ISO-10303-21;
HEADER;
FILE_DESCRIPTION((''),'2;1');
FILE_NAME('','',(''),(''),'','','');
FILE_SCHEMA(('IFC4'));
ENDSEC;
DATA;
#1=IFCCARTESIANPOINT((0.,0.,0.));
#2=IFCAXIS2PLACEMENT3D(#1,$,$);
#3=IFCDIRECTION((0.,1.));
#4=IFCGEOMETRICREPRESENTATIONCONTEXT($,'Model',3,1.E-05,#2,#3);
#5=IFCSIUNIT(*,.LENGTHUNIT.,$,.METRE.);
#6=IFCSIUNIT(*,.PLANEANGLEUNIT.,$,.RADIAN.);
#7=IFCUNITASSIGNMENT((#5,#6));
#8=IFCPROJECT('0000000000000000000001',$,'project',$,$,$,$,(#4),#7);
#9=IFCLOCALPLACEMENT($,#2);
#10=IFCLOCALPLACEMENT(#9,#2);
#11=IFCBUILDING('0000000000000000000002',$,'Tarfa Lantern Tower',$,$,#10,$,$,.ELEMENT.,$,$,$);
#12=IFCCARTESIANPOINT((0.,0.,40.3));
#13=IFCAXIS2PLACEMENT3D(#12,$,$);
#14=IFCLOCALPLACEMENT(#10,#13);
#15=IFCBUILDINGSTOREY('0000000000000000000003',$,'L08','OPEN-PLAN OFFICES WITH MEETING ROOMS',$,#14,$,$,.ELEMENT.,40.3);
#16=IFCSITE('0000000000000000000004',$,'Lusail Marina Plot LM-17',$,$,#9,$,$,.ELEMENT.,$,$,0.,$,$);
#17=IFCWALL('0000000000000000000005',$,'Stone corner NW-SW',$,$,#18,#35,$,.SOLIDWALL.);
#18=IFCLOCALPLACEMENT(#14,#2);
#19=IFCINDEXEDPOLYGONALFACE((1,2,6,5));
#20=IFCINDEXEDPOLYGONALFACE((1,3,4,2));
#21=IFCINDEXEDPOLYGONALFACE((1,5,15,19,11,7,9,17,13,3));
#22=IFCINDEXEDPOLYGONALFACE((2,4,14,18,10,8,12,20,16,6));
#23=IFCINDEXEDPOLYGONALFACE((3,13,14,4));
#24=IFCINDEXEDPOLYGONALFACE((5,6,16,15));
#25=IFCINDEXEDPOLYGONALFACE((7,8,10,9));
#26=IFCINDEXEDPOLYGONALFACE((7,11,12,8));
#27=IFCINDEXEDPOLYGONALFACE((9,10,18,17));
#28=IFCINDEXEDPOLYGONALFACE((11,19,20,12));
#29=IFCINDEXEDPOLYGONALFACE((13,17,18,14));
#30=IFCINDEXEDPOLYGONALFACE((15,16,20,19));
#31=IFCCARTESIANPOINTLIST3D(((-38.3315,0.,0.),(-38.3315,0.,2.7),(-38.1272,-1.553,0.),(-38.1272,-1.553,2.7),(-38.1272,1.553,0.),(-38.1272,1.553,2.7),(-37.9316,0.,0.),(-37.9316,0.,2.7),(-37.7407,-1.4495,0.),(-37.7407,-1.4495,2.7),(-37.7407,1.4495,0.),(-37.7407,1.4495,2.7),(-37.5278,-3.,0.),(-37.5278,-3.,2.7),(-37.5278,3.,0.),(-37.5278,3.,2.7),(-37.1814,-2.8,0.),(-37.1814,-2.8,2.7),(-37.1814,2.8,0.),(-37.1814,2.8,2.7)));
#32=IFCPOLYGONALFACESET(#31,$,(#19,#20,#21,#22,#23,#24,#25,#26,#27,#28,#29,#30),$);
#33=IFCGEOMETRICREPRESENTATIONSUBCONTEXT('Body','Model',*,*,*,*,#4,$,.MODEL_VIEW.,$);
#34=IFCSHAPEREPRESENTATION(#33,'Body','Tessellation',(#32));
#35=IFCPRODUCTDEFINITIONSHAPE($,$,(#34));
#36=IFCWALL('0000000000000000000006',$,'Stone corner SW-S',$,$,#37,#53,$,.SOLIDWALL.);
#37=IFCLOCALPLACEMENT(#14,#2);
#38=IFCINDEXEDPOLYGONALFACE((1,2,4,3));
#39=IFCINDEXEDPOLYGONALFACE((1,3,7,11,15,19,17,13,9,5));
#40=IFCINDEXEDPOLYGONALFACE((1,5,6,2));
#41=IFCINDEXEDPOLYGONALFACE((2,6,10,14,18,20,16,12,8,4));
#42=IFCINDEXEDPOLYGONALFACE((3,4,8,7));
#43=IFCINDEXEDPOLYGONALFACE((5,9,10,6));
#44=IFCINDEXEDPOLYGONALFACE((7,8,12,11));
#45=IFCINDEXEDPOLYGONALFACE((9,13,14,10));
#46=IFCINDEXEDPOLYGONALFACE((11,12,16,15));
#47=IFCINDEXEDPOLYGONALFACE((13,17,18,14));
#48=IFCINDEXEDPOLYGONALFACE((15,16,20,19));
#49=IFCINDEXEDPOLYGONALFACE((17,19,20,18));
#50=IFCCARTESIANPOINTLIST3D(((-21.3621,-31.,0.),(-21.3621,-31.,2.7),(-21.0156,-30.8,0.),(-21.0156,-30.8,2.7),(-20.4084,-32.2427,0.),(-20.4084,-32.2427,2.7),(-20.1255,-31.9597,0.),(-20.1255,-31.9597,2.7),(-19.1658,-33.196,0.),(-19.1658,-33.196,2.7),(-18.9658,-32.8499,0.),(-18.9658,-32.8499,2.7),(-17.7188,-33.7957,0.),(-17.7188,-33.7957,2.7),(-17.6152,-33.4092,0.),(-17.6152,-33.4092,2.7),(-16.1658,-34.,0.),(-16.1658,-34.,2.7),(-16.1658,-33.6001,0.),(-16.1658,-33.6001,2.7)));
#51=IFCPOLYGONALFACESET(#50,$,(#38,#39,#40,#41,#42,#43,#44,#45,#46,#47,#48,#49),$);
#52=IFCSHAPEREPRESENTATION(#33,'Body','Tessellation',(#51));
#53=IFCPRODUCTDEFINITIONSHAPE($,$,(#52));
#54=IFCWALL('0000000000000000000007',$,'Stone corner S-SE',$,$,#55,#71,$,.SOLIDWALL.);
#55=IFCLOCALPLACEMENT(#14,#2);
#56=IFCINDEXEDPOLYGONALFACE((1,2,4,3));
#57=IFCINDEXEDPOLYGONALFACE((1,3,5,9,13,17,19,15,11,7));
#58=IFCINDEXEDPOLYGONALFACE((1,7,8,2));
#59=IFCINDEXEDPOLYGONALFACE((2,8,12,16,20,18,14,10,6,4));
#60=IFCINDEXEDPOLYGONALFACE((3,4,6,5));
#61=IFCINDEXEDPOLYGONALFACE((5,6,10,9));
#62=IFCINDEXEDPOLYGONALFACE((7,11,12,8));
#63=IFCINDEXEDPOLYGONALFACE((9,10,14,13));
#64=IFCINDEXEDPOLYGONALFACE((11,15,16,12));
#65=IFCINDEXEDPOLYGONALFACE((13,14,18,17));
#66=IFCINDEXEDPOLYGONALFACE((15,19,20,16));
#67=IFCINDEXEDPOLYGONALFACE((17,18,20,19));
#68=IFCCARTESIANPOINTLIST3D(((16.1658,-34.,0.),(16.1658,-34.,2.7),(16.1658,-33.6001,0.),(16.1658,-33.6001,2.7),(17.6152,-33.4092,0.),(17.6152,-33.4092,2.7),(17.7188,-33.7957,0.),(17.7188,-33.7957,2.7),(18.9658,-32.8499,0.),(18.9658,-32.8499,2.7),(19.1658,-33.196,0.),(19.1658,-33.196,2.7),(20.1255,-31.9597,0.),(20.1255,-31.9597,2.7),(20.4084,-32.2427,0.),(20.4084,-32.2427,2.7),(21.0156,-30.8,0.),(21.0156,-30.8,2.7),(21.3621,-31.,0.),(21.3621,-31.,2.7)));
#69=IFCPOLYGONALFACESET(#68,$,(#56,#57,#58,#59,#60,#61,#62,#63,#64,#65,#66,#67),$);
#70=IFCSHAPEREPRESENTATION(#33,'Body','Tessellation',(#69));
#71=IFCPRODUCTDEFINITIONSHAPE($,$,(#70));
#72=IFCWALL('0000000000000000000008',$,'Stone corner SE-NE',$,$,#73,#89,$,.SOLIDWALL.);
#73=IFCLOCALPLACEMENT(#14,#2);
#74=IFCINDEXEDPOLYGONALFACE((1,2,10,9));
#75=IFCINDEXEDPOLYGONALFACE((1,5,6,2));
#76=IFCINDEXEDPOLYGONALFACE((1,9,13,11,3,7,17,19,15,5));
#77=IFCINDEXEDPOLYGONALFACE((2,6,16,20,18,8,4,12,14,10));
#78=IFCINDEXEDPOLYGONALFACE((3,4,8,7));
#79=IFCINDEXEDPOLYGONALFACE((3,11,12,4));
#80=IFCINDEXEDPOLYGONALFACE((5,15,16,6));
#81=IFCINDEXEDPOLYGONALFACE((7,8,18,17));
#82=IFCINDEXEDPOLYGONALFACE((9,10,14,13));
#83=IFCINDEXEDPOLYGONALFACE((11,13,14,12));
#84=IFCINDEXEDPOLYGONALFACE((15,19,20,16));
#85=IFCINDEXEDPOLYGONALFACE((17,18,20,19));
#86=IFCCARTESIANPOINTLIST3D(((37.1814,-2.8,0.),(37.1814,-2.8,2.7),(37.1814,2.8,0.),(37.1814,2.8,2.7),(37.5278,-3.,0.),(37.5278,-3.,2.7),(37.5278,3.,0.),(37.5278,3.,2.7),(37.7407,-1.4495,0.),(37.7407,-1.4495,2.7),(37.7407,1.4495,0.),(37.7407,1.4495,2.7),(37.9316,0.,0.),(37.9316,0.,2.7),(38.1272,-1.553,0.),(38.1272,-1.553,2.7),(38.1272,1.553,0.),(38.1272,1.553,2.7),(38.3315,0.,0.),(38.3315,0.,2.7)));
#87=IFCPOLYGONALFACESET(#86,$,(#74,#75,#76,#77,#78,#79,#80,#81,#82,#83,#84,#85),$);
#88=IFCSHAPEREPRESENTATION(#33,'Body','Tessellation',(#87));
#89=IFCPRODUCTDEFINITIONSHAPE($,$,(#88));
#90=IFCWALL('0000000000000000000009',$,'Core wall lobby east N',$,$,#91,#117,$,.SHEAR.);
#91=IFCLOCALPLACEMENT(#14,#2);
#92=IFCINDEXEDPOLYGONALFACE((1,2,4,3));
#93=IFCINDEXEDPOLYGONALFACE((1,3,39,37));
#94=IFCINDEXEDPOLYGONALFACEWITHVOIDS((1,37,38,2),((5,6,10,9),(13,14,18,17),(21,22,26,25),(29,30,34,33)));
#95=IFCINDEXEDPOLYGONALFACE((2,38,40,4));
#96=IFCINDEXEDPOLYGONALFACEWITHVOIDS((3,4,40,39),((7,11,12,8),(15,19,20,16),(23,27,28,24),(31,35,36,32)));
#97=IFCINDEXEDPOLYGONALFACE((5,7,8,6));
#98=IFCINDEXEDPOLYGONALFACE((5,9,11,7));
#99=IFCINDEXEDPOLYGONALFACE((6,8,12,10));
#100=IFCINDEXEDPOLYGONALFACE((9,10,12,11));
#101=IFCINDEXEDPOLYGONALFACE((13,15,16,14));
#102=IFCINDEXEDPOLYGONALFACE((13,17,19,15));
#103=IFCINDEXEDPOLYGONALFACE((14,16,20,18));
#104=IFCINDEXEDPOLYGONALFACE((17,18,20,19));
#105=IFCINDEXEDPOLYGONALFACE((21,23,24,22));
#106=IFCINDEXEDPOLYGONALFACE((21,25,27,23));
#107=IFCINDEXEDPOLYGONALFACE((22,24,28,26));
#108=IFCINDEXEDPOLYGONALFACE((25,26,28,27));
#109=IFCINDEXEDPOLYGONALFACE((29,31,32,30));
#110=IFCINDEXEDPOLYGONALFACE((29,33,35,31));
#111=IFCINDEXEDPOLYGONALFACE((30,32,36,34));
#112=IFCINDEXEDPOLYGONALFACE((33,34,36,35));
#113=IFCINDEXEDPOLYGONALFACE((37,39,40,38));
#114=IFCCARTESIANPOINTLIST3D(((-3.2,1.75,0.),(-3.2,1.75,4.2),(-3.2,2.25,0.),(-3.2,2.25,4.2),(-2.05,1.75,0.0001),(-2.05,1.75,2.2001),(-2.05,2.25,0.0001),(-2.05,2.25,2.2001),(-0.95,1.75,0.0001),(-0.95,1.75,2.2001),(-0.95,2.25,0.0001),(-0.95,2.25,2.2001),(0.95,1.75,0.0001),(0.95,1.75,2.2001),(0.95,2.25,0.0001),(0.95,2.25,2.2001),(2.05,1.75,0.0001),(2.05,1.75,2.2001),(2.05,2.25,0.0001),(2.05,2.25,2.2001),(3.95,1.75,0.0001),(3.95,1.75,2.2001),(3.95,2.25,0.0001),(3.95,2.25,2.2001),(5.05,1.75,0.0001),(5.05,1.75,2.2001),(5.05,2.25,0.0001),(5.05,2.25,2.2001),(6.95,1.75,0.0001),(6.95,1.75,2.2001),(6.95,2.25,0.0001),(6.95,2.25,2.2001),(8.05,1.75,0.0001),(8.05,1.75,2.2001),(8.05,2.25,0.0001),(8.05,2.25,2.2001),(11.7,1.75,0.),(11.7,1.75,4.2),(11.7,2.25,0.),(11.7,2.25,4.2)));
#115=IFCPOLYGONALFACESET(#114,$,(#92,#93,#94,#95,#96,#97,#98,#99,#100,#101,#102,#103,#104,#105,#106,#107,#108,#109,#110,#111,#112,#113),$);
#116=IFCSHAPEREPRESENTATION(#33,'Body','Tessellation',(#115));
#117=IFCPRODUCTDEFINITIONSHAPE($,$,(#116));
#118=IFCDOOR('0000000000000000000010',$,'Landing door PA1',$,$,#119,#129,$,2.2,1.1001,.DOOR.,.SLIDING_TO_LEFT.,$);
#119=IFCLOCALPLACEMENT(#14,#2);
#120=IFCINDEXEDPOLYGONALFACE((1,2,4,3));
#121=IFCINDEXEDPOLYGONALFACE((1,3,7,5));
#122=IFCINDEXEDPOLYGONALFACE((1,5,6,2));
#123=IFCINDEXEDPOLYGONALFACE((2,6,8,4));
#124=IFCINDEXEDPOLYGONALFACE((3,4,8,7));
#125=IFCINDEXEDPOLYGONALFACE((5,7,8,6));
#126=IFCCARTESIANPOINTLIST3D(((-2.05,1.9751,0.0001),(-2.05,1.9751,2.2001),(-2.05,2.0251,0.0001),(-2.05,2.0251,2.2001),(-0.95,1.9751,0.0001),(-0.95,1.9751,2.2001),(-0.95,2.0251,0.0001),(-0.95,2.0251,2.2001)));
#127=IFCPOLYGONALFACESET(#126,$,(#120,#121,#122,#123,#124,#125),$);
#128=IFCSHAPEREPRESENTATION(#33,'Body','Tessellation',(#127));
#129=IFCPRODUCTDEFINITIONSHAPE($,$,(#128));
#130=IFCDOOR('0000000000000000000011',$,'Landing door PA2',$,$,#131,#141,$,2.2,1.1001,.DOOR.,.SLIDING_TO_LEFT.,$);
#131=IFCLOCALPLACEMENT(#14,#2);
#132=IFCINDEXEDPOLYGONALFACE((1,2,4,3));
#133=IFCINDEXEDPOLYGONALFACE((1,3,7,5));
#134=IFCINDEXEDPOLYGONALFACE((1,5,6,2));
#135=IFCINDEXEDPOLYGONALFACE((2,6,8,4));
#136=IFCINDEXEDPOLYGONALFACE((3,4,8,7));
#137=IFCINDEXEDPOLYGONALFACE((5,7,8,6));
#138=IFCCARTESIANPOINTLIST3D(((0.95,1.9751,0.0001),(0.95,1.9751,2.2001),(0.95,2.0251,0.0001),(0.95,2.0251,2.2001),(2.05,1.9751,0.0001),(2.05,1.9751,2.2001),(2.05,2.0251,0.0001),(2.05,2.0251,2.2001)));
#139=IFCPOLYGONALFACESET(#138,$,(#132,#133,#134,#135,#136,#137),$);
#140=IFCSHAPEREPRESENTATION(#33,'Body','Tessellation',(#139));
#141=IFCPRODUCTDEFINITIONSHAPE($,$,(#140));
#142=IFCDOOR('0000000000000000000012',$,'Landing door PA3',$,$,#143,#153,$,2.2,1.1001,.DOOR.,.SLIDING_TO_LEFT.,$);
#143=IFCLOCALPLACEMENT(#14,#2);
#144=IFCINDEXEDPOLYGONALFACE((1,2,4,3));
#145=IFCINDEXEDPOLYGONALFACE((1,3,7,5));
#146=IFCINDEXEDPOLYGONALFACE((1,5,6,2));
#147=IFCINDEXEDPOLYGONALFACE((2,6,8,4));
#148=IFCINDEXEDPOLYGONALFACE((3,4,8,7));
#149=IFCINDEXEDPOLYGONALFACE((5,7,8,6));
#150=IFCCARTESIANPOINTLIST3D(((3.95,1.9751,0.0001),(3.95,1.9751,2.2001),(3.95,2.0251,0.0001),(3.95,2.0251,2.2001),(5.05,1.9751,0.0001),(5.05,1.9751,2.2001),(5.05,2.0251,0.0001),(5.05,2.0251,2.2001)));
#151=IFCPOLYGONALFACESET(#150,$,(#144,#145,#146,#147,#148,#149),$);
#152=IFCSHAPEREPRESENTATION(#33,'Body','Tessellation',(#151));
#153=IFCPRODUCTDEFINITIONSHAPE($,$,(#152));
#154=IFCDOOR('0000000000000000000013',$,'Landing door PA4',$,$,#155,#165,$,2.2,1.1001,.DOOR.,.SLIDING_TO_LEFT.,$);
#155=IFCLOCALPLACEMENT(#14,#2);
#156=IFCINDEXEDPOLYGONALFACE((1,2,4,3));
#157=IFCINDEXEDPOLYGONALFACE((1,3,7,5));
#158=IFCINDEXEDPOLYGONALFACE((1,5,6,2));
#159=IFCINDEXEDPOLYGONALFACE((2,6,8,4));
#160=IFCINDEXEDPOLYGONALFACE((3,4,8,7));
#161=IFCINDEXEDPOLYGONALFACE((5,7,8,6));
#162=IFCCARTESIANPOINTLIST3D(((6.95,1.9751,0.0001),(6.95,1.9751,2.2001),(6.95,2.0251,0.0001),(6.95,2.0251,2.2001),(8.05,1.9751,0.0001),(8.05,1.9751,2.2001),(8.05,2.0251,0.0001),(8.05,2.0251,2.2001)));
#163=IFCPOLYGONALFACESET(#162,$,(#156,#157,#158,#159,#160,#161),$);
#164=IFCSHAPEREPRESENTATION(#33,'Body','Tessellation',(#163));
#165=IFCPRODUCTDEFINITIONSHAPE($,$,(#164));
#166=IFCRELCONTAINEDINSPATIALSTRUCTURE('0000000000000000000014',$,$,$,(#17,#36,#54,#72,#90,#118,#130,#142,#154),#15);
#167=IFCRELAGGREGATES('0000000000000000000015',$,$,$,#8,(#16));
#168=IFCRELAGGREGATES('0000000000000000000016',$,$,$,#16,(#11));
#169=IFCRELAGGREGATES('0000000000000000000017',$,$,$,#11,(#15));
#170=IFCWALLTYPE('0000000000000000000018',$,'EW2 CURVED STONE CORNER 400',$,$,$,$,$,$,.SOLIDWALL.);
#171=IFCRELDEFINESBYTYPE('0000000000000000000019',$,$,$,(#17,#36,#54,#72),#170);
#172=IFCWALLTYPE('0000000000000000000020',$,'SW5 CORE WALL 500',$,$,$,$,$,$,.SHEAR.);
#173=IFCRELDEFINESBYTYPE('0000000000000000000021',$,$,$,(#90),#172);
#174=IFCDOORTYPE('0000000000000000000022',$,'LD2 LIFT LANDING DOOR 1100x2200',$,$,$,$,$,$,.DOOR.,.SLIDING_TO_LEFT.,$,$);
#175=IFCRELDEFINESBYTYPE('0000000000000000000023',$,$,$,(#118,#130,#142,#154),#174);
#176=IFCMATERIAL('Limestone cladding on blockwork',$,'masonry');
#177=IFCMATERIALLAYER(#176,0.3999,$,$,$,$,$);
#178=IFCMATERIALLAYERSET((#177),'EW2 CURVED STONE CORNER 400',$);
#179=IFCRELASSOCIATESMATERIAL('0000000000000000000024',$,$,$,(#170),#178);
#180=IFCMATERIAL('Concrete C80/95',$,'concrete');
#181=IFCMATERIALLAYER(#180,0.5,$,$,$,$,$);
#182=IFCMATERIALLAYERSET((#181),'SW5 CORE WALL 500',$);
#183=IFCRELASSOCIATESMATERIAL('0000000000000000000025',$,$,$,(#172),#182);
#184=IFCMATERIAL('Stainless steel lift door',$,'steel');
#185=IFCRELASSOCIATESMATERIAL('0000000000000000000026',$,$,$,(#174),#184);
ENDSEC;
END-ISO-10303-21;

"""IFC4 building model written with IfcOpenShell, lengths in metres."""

from ifc_helpers import new_model, si_unit, direction, frame, frame_2d, origin, place, context, subcontext, project, spatial, polyline, rectangle, outline, extrude, material, layer, layer_set, type_object, element, fill, save


model = new_model("IFC4")

# Units and contexts
model_context = context("Model", 3, precision=1e-05, world=origin(), true_north=direction((0.0, 1.0)))
body_context = subcontext(model_context, "Body", "Model", "MODEL_VIEW")
ifc_project = project(units=[si_unit("LENGTHUNIT", "METRE"), si_unit("PLANEANGLEUNIT", "RADIAN")], contexts=[model_context])

# Site, building, storey
site_placement = place(None, origin())
site = spatial("IfcSite", under=ifc_project, at=site_placement, Name="Lusail Marina Plot LM-17", CompositionType="ELEMENT", RefElevation=0.0)
building_placement = place(site_placement, origin())
building = spatial("IfcBuilding", under=site, at=building_placement, Name="Tarfa Lantern Tower", CompositionType="ELEMENT")
storey_placement = place(building_placement, frame((0.0, 0.0, 40.3)))
storey = spatial("IfcBuildingStorey", under=building, at=storey_placement, Name="L08", Description="OPEN-PLAN OFFICES WITH MEETING ROOMS", CompositionType="ELEMENT", Elevation=40.3)

# Walls
ifc_material_1 = material(Name="Limestone cladding on blockwork", Category="masonry")
ifc_layer_1 = layer(ifc_material_1, 0.3999)
ifc_layer_set_1 = layer_set([ifc_layer_1], Name="EW2 CURVED STONE CORNER 400")
wall_type_1 = type_object("IfcWallType", Name="EW2 CURVED STONE CORNER 400", PredefinedType="SOLIDWALL", material=ifc_layer_set_1)
wall_1_placement = place(storey_placement, origin())
element("IfcWall", 1, at=wall_1_placement, inside=storey, type_object=wall_type_1, Name="Stone corner NW-SW", PredefinedType="SOLIDWALL", context=body_context, shape_type="SweptSolid", body=[
    extrude(outline(polyline([(-37.5278, 3.0), (-38.1272, 1.553), (-38.3315, 0.0), (-38.1272, -1.553), (-37.5278, -3.0), (-37.1814, -2.8), (-37.7407, -1.4495), (-37.9316, 0.0), (-37.7407, 1.4495), (-37.1814, 2.8), (-37.5278, 3.0)])), origin(), (0.0, 0.0, 1.0), 2.7),
])
wall_2_placement = place(storey_placement, origin())
element("IfcWall", 2, at=wall_2_placement, inside=storey, type_object=wall_type_1, Name="Stone corner SW-S", PredefinedType="SOLIDWALL", context=body_context, shape_type="SweptSolid", body=[
    extrude(outline(polyline([(-21.3621, -31.0), (-20.4084, -32.2427), (-19.1658, -33.196), (-17.7188, -33.7957), (-16.1658, -34.0), (-16.1658, -33.6001), (-17.6152, -33.4092), (-18.9658, -32.8499), (-20.1255, -31.9597), (-21.0156, -30.8), (-21.3621, -31.0)])), origin(), (0.0, 0.0, 1.0), 2.7),
])
wall_3_placement = place(storey_placement, origin())
element("IfcWall", 3, at=wall_3_placement, inside=storey, type_object=wall_type_1, Name="Stone corner S-SE", PredefinedType="SOLIDWALL", context=body_context, shape_type="SweptSolid", body=[
    extrude(outline(polyline([(16.1658, -34.0), (17.7188, -33.7957), (19.1658, -33.196), (20.4084, -32.2427), (21.3621, -31.0), (21.0156, -30.8), (20.1255, -31.9597), (18.9658, -32.8499), (17.6152, -33.4092), (16.1658, -33.6001), (16.1658, -34.0)])), origin(), (0.0, 0.0, 1.0), 2.7),
])
wall_4_placement = place(storey_placement, origin())
element("IfcWall", 4, at=wall_4_placement, inside=storey, type_object=wall_type_1, Name="Stone corner SE-NE", PredefinedType="SOLIDWALL", context=body_context, shape_type="SweptSolid", body=[
    extrude(outline(polyline([(37.5278, -3.0), (38.1272, -1.553), (38.3315, 0.0), (38.1272, 1.553), (37.5278, 3.0), (37.1814, 2.8), (37.7407, 1.4495), (37.9316, 0.0), (37.7407, -1.4495), (37.1814, -2.8), (37.5278, -3.0)])), origin(), (0.0, 0.0, 1.0), 2.7),
])

# Wall, openings, doors
ifc_material_2 = material(Name="Concrete C80/95", Category="concrete")
ifc_layer_2 = layer(ifc_material_2, 0.5)
ifc_layer_set_2 = layer_set([ifc_layer_2], Name="SW5 CORE WALL 500")
wall_type_2 = type_object("IfcWallType", Name="SW5 CORE WALL 500", PredefinedType="SHEAR", material=ifc_layer_set_2)
wall_5_placement = place(storey_placement, frame((-3.2, 2.0, 0.0), z_axis=(0.0, 0.0, 1.0), x_axis=(1.0, 0.0, 0.0)))
wall_5 = element("IfcWall", 5, at=wall_5_placement, inside=storey, type_object=wall_type_2, Name="Core wall lobby east N", PredefinedType="SHEAR", context=body_context, shape_type="SweptSolid", body=[
    extrude(rectangle(XDim=14.8999, YDim=0.5, at=frame_2d((7.45, 0.0))), origin(), (0.0, 0.0, 1.0), 4.2),
])
opening_1_placement = place(wall_5_placement, frame((1.1499, 0.0, 0.0)))
opening_1 = element("IfcOpeningElement", 6, at=opening_1_placement, cuts=wall_5, PredefinedType="OPENING", context=body_context, shape_type="SweptSolid", body=[
    extrude(rectangle(XDim=1.1001, YDim=2.2, at=frame_2d((0.55, 1.1001))), frame((0.0, 0.26, 0.0), z_axis=(0.0, -1.0, 0.0), x_axis=(1.0, 0.0, 0.0)), (0.0, 0.0, 1.0), 0.52),
])
opening_2_placement = place(wall_5_placement, frame((4.1499, 0.0, 0.0)))
opening_2 = element("IfcOpeningElement", 7, at=opening_2_placement, cuts=wall_5, PredefinedType="OPENING", context=body_context, shape_type="SweptSolid", body=[
    extrude(rectangle(XDim=1.1001, YDim=2.2, at=frame_2d((0.55, 1.1001))), frame((0.0, 0.26, 0.0), z_axis=(0.0, -1.0, 0.0), x_axis=(1.0, 0.0, 0.0)), (0.0, 0.0, 1.0), 0.52),
])
opening_3_placement = place(wall_5_placement, frame((7.1499, 0.0, 0.0)))
opening_3 = element("IfcOpeningElement", 8, at=opening_3_placement, cuts=wall_5, PredefinedType="OPENING", context=body_context, shape_type="SweptSolid", body=[
    extrude(rectangle(XDim=1.1001, YDim=2.2, at=frame_2d((0.55, 1.1001))), frame((0.0, 0.26, 0.0), z_axis=(0.0, -1.0, 0.0), x_axis=(1.0, 0.0, 0.0)), (0.0, 0.0, 1.0), 0.52),
])
opening_4_placement = place(wall_5_placement, frame((10.1499, 0.0, 0.0)))
opening_4 = element("IfcOpeningElement", 9, at=opening_4_placement, cuts=wall_5, PredefinedType="OPENING", context=body_context, shape_type="SweptSolid", body=[
    extrude(rectangle(XDim=1.1001, YDim=2.2, at=frame_2d((0.55, 1.1001))), frame((0.0, 0.26, 0.0), z_axis=(0.0, -1.0, 0.0), x_axis=(1.0, 0.0, 0.0)), (0.0, 0.0, 1.0), 0.52),
])
ifc_material_3 = material(Name="Stainless steel lift door", Category="steel")
door_type = type_object("IfcDoorType", Name="LD2 LIFT LANDING DOOR 1100x2200", OperationType="SLIDING_TO_LEFT", PredefinedType="DOOR", material=ifc_material_3)
door_1_placement = place(opening_1_placement, frame((1.1001, 0.0, 0.0), z_axis=(0.0, 0.0, 1.0), x_axis=(-1.0, 0.0, 0.0)))
door_1 = element("IfcDoor", 10, at=door_1_placement, inside=storey, type_object=door_type, Name="Landing door PA1", OperationType="SLIDING_TO_LEFT", OverallHeight=2.2, OverallWidth=1.1001, PredefinedType="DOOR", context=body_context, shape_type="SweptSolid", body=[
    extrude(rectangle(XDim=1.1001, YDim=2.2, at=frame_2d((0.55, 1.1001))), frame((0.0, 0.0249, 0.0), z_axis=(0.0, -1.0, 0.0), x_axis=(1.0, 0.0, 0.0)), (0.0, 0.0, 1.0), 0.05),
])
fill(opening_1, door_1)
door_2_placement = place(opening_2_placement, frame((1.1001, 0.0, 0.0), z_axis=(0.0, 0.0, 1.0), x_axis=(-1.0, 0.0, 0.0)))
door_2 = element("IfcDoor", 11, at=door_2_placement, inside=storey, type_object=door_type, Name="Landing door PA2", OperationType="SLIDING_TO_LEFT", OverallHeight=2.2, OverallWidth=1.1001, PredefinedType="DOOR", context=body_context, shape_type="SweptSolid", body=[
    extrude(rectangle(XDim=1.1001, YDim=2.2, at=frame_2d((0.55, 1.1001))), frame((0.0, 0.0249, 0.0), z_axis=(0.0, -1.0, 0.0), x_axis=(1.0, 0.0, 0.0)), (0.0, 0.0, 1.0), 0.05),
])
fill(opening_2, door_2)
door_3_placement = place(opening_3_placement, frame((1.1001, 0.0, 0.0), z_axis=(0.0, 0.0, 1.0), x_axis=(-1.0, 0.0, 0.0)))
door_3 = element("IfcDoor", 12, at=door_3_placement, inside=storey, type_object=door_type, Name="Landing door PA3", OperationType="SLIDING_TO_LEFT", OverallHeight=2.2, OverallWidth=1.1001, PredefinedType="DOOR", context=body_context, shape_type="SweptSolid", body=[
    extrude(rectangle(XDim=1.1001, YDim=2.2, at=frame_2d((0.55, 1.1001))), frame((0.0, 0.0249, 0.0), z_axis=(0.0, -1.0, 0.0), x_axis=(1.0, 0.0, 0.0)), (0.0, 0.0, 1.0), 0.05),
])
fill(opening_3, door_3)
door_4_placement = place(opening_4_placement, frame((1.1001, 0.0, 0.0), z_axis=(0.0, 0.0, 1.0), x_axis=(-1.0, 0.0, 0.0)))
door_4 = element("IfcDoor", 13, at=door_4_placement, inside=storey, type_object=door_type, Name="Landing door PA4", OperationType="SLIDING_TO_LEFT", OverallHeight=2.2, OverallWidth=1.1001, PredefinedType="DOOR", context=body_context, shape_type="SweptSolid", body=[
    extrude(rectangle(XDim=1.1001, YDim=2.2, at=frame_2d((0.55, 1.1001))), frame((0.0, 0.0249, 0.0), z_axis=(0.0, -1.0, 0.0), x_axis=(1.0, 0.0, 0.0)), (0.0, 0.0, 1.0), 0.05),
])
fill(opening_4, door_4)

save(model, "model.ifc")
